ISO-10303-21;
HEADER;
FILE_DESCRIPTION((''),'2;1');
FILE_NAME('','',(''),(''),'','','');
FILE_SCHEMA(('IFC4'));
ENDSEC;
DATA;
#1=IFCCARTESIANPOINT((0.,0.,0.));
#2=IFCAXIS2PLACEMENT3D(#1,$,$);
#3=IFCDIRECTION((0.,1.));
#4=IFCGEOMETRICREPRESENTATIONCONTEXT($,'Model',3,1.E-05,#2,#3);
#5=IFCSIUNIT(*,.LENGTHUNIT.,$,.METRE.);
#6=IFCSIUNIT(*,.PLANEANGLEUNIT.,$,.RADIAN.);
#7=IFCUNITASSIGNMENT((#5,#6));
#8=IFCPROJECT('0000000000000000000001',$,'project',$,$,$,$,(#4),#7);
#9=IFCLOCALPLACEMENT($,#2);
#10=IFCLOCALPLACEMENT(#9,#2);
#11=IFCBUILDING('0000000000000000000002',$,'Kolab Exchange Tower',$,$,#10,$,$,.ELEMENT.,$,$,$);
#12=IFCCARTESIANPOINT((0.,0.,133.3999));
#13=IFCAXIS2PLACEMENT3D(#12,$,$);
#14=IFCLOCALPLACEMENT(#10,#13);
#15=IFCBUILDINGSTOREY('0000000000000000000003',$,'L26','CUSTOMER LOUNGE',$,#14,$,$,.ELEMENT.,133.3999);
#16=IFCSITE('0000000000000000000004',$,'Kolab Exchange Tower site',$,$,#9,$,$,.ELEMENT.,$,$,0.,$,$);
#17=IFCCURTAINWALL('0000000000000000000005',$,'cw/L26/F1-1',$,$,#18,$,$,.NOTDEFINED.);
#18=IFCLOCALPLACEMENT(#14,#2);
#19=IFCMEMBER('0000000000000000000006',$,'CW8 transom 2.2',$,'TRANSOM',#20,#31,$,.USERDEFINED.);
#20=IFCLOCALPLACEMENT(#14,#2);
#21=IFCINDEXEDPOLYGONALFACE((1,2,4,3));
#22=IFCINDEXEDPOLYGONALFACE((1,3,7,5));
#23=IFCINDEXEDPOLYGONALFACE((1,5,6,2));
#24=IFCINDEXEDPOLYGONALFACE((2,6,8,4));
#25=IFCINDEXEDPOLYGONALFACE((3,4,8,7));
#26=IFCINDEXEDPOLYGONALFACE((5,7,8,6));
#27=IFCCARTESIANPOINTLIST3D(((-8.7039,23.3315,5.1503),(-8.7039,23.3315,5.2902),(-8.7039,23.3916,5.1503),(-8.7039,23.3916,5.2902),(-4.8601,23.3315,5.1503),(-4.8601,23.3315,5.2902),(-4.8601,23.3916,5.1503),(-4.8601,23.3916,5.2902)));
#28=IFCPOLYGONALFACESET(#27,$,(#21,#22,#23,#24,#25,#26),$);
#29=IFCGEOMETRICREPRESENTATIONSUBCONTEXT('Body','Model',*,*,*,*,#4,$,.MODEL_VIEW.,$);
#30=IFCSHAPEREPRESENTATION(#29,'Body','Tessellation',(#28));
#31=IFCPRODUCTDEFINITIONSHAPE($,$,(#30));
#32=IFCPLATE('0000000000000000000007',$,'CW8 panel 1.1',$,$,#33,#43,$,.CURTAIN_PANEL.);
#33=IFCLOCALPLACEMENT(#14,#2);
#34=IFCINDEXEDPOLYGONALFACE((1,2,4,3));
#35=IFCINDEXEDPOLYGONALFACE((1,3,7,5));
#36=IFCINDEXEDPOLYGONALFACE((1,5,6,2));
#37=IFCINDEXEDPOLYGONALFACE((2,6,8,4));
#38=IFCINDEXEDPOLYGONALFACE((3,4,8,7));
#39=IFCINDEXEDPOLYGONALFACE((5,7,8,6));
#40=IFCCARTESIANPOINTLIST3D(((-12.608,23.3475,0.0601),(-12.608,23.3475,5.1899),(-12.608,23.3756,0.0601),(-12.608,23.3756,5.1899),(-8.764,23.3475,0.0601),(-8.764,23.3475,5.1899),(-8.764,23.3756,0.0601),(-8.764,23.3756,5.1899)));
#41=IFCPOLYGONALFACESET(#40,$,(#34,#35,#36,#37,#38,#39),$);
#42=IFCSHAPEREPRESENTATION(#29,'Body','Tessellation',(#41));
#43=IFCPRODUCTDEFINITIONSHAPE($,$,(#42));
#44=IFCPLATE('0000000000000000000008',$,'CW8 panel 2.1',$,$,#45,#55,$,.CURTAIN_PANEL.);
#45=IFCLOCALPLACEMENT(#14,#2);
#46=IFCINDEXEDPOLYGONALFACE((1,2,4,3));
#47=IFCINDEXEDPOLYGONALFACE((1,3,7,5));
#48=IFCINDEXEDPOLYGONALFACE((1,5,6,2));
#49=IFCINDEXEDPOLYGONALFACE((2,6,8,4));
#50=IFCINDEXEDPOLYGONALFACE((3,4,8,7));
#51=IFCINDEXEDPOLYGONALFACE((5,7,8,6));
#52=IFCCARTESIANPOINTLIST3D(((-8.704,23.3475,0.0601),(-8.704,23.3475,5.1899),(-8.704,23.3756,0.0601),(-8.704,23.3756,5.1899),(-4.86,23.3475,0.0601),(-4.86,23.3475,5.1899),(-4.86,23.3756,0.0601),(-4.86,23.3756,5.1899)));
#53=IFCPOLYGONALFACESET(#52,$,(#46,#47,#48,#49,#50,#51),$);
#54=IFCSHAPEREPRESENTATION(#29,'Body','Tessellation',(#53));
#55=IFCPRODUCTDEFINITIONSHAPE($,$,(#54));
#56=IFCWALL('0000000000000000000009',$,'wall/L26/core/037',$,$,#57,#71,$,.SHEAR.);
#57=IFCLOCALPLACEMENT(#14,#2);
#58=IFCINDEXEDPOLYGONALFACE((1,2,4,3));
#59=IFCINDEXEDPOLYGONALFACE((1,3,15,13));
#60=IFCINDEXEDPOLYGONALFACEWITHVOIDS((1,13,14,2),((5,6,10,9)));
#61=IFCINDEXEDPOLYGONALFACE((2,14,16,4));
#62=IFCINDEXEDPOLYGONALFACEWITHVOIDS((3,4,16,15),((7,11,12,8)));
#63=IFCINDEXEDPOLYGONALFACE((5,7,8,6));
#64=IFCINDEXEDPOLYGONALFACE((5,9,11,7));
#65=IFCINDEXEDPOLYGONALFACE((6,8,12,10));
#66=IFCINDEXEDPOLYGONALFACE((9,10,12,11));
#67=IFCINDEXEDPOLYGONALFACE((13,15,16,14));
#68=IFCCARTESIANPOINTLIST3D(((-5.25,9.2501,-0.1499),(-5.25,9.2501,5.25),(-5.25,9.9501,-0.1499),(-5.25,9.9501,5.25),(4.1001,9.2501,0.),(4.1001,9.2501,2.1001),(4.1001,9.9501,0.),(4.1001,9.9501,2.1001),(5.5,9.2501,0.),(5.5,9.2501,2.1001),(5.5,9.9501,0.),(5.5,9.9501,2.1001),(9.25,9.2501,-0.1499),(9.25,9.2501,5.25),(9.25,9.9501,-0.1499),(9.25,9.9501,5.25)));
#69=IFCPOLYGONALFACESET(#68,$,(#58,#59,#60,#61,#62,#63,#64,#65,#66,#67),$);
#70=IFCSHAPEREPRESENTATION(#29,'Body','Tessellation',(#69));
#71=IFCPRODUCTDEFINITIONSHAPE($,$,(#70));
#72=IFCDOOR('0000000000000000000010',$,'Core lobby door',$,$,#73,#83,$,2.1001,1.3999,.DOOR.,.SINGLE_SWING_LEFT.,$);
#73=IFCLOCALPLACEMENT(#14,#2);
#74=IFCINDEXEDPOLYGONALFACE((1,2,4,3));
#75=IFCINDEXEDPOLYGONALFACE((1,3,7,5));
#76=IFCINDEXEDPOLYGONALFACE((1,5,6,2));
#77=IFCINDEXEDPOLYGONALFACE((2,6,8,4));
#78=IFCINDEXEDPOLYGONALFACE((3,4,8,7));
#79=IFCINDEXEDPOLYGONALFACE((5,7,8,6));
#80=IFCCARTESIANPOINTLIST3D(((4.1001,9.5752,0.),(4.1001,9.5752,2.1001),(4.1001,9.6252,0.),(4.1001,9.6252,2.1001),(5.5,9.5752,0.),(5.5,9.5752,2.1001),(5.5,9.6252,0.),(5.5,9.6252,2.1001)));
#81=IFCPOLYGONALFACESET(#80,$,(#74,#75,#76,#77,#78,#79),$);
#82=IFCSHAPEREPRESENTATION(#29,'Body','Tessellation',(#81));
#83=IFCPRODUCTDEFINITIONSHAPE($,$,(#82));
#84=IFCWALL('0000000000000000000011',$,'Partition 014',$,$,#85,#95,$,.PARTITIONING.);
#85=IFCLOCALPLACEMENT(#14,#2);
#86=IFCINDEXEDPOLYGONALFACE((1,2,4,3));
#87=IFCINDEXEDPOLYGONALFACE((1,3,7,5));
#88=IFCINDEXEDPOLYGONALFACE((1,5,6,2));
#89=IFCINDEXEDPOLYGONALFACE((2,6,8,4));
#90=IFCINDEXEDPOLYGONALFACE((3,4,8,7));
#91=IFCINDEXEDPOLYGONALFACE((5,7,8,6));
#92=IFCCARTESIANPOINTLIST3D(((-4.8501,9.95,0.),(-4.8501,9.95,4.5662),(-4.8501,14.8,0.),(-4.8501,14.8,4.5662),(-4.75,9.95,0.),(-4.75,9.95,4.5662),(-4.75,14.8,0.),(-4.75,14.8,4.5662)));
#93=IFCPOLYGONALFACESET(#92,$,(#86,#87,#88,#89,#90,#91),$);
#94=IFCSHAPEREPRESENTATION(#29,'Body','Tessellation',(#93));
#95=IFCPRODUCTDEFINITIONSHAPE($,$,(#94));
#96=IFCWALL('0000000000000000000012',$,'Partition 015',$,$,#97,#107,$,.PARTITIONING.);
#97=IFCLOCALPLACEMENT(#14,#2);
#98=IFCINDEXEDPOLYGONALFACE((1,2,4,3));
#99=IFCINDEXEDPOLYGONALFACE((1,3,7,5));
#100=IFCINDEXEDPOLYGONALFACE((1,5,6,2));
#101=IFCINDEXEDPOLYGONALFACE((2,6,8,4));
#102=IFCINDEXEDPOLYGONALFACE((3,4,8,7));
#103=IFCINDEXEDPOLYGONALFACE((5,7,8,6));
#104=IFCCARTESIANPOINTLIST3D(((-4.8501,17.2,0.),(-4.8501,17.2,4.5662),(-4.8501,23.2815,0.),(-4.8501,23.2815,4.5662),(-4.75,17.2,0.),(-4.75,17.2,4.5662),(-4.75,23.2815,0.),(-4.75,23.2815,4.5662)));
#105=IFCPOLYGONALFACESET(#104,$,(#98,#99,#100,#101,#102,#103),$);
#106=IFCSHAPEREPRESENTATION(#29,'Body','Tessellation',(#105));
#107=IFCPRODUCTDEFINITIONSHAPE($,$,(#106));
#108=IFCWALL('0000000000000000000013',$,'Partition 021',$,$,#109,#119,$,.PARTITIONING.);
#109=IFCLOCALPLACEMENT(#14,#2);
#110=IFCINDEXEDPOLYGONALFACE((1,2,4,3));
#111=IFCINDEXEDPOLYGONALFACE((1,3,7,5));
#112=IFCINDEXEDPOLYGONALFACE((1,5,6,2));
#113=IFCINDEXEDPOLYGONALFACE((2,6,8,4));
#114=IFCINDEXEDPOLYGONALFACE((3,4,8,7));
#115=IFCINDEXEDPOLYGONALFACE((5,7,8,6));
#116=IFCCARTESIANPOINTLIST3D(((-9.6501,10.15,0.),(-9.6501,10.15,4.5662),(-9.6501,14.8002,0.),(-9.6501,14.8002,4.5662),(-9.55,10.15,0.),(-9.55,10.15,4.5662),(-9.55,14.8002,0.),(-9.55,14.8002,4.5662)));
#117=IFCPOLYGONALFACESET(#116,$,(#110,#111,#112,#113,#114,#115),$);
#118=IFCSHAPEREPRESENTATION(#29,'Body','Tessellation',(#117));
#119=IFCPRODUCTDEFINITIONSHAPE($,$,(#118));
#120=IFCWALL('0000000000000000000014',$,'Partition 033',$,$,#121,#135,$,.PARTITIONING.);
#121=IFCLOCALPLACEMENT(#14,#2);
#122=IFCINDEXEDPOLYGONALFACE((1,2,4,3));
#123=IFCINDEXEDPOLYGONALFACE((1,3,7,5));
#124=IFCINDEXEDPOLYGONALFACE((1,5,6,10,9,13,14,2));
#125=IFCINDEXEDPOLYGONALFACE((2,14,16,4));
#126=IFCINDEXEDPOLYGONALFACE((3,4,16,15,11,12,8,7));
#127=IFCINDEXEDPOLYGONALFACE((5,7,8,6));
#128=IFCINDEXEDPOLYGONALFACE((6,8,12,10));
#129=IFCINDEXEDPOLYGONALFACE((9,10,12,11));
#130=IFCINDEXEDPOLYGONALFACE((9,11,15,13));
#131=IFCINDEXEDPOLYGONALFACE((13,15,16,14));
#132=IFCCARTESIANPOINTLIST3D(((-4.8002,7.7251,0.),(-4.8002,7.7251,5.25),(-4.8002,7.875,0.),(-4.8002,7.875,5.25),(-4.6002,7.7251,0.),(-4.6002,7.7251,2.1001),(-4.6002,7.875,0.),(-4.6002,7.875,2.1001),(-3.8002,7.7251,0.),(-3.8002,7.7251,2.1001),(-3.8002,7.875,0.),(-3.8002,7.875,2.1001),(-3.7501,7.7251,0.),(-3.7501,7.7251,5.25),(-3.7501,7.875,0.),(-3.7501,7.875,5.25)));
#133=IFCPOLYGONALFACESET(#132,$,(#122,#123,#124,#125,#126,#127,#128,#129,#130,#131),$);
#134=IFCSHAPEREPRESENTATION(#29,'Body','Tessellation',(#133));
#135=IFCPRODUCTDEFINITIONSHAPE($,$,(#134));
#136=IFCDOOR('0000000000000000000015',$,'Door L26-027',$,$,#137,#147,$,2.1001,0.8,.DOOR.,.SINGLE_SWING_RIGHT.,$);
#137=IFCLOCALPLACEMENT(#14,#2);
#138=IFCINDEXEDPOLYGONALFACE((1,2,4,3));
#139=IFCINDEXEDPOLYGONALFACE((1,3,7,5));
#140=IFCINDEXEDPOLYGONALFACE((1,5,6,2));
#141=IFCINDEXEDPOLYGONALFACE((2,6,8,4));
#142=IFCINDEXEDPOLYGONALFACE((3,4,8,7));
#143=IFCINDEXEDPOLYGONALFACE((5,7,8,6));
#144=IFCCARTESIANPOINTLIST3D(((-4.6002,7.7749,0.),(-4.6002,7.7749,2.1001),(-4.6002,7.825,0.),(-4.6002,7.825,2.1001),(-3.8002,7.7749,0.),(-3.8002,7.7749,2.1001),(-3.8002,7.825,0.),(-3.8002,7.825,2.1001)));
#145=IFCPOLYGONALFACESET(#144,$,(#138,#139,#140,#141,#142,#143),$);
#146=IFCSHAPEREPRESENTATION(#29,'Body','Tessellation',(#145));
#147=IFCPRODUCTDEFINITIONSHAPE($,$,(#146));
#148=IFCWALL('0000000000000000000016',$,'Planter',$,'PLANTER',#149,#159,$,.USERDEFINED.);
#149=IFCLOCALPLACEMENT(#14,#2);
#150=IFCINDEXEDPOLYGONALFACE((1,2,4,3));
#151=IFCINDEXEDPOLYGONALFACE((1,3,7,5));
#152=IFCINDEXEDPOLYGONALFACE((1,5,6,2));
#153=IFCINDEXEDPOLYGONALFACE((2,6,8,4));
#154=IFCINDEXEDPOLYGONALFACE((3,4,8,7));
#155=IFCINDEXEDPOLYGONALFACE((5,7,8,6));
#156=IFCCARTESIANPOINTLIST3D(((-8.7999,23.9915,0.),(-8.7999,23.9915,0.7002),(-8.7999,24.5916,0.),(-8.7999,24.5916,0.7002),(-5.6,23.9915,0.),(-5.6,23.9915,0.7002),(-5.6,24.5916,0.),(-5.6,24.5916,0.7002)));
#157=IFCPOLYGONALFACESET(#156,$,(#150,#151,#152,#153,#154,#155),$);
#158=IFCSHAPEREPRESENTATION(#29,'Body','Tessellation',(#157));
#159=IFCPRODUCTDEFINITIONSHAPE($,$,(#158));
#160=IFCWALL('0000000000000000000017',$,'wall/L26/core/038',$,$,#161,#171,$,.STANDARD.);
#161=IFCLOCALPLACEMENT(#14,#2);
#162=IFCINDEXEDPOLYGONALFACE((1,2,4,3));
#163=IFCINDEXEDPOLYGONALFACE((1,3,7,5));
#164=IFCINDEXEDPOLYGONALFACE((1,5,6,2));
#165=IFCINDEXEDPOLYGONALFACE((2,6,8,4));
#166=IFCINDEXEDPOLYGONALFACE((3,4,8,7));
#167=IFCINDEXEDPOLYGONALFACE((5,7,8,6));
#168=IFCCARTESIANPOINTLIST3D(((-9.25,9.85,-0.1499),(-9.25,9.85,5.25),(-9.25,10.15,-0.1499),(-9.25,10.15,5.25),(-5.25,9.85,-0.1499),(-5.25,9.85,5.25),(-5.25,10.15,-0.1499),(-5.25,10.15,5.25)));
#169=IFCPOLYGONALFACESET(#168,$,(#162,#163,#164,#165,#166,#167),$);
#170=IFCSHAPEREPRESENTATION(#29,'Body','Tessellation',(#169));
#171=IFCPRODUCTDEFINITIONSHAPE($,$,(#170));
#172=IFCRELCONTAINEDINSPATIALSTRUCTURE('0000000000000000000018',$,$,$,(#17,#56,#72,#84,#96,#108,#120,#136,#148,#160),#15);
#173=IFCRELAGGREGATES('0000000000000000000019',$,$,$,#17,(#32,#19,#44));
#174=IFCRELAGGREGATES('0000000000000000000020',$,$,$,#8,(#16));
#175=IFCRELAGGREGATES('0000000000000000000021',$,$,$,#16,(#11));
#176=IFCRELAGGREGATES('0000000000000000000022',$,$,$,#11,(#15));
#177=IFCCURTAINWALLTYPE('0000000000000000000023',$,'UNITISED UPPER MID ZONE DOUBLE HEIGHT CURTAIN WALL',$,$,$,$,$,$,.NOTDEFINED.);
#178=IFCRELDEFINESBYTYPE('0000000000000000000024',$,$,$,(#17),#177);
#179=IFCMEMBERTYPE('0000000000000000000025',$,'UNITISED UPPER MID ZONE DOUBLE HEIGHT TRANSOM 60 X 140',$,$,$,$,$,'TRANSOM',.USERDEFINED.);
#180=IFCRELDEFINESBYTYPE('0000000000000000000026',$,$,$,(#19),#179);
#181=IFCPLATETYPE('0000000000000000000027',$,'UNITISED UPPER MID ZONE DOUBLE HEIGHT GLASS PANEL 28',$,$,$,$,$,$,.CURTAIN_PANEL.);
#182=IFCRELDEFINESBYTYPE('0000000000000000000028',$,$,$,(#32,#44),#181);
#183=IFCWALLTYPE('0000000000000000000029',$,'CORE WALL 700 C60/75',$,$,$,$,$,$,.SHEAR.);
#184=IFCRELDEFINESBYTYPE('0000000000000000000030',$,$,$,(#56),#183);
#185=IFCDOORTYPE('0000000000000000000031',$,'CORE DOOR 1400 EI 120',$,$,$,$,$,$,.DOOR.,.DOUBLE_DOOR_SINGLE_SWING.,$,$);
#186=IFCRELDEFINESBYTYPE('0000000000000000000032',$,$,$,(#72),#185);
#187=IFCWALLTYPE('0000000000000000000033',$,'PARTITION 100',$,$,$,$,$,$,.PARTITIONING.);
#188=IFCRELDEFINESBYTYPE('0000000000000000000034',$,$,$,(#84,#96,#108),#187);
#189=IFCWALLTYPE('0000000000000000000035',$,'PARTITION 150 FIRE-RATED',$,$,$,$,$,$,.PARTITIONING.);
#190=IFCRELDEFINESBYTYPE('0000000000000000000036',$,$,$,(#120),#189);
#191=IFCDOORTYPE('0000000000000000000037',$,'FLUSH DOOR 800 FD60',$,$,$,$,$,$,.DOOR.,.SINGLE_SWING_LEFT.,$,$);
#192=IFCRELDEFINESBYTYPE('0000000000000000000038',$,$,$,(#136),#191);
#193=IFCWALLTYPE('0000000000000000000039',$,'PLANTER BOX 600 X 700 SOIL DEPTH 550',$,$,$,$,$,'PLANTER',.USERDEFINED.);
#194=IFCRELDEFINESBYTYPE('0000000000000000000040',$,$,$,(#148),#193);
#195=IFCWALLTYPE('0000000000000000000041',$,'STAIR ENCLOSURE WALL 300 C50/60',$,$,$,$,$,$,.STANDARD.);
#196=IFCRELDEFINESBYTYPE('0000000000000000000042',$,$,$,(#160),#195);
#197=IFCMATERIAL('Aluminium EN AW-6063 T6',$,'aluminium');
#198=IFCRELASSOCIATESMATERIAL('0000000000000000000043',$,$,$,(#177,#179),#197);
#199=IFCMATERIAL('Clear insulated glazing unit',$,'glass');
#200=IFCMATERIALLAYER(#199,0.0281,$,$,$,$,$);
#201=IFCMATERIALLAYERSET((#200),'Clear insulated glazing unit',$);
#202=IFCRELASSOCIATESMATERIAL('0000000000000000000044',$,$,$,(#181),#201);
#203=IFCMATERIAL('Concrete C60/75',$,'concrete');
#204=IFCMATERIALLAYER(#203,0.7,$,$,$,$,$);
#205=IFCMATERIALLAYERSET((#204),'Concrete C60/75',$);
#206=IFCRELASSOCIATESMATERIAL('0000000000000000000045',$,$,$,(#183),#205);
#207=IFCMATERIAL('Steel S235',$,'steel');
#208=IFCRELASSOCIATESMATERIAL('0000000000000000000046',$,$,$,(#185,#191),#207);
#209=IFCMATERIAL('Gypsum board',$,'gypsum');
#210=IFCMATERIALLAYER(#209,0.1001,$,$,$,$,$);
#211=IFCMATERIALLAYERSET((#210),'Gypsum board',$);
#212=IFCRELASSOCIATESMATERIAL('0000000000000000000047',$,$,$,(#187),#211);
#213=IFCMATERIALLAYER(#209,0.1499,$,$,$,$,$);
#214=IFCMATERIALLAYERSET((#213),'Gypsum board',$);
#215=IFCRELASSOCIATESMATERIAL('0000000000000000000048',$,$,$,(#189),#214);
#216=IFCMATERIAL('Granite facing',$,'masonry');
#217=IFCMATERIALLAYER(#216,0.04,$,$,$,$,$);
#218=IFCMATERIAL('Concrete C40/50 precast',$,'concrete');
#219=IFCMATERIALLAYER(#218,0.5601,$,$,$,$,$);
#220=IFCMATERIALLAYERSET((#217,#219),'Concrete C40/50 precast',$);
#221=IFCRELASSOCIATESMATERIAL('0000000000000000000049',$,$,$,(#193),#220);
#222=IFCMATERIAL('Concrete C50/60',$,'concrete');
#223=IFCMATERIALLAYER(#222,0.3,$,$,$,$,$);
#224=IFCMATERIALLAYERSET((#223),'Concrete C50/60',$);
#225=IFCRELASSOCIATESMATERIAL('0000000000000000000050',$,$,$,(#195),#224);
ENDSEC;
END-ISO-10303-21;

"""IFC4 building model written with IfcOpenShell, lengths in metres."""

from ifc_helpers import new_model, si_unit, direction, frame, frame_2d, origin, origin_2d, place, context, subcontext, project, spatial, rectangle, extrude, material, layer, layer_set, material_profile, profile_set, type_object, element, fill, aggregate, save


model = new_model("IFC4")

# Units and contexts
model_context = context("Model", 3, precision=1e-05, world=origin(), true_north=direction((0.0, 1.0)))
body_context = subcontext(model_context, "Body", "Model", "MODEL_VIEW")
ifc_project = project(units=[si_unit("LENGTHUNIT", "METRE"), si_unit("PLANEANGLEUNIT", "RADIAN")], contexts=[model_context])

# Site, building, storey
site_placement = place(None, origin())
site = spatial("IfcSite", under=ifc_project, at=site_placement, Name="Kolab Exchange Tower site", CompositionType="ELEMENT", RefElevation=0.0)
building_placement = place(site_placement, origin())
building = spatial("IfcBuilding", under=site, at=building_placement, Name="Kolab Exchange Tower", CompositionType="ELEMENT")
storey_placement = place(building_placement, frame((0.0, 0.0, 133.3999)))
storey = spatial("IfcBuildingStorey", under=building, at=storey_placement, Name="L26", Description="CUSTOMER LOUNGE", CompositionType="ELEMENT", Elevation=133.3999)

# Shared definitions
ifc_material_1 = material(Name="Concrete C60/75", Category="concrete")

# Curtain wall, member, plates
ifc_material_2 = material(Name="Aluminium EN AW-6063 T6", Category="aluminium")
curtain_wall_type = type_object("IfcCurtainWallType", Name="UNITISED UPPER MID ZONE DOUBLE HEIGHT CURTAIN WALL", PredefinedType="NOTDEFINED", material=ifc_material_2)
curtain_wall_placement = place(storey_placement, origin())
curtain_wall = element("IfcCurtainWall", 1, at=curtain_wall_placement, inside=storey, type_object=curtain_wall_type, Name="cw/L26/F1-1", PredefinedType="NOTDEFINED")
ifc_material_profile_1 = material_profile(ifc_material_2, rectangle(XDim=0.0601, YDim=0.1399, at=origin_2d()), Name="RECT 60X140")
ifc_profile_set_1 = profile_set([ifc_material_profile_1], Name="Aluminium EN AW-6063 T6")
member_type_1 = type_object("IfcMemberType", Name="UNITISED UPPER MID ZONE DOUBLE HEIGHT TRANSOM 60 X 140", ElementType="TRANSOM", PredefinedType="USERDEFINED", material=ifc_profile_set_1)
member_1_placement = place(storey_placement, frame((-8.7039, 23.3616, 5.2202), z_axis=(1.0, 0.0, 0.0), x_axis=(0.0, 1.0, 0.0)))
member_1 = element("IfcMember", 2, at=member_1_placement, type_object=member_type_1, Name="CW8 transom 2.2", ObjectType="TRANSOM", PredefinedType="USERDEFINED", context=body_context, shape_type="SweptSolid", body=[
    extrude(rectangle(XDim=0.0601, YDim=0.1399, at=origin_2d()), origin(), (0.0, 0.0, 1.0), 3.8438),
])
ifc_material_3 = material(Name="Clear insulated glazing unit", Category="glass")
ifc_layer_1 = layer(ifc_material_3, 0.0281)
ifc_layer_set_1 = layer_set([ifc_layer_1], Name="Clear insulated glazing unit")
plate_type = type_object("IfcPlateType", Name="UNITISED UPPER MID ZONE DOUBLE HEIGHT GLASS PANEL 28", PredefinedType="CURTAIN_PANEL", material=ifc_layer_set_1)
plate_1_placement = place(storey_placement, frame((-10.686, 23.3616, 0.0601), z_axis=(0.0, 0.0, 1.0), x_axis=(1.0, 0.0, 0.0)))
plate_1 = element("IfcPlate", 3, at=plate_1_placement, type_object=plate_type, Name="CW8 panel 1.1", PredefinedType="CURTAIN_PANEL", context=body_context, shape_type="SweptSolid", body=[
    extrude(rectangle(XDim=3.844, YDim=0.0281, at=origin_2d()), origin(), (0.0, 0.0, 1.0), 5.1299),
])
plate_2_placement = place(storey_placement, frame((-6.782, 23.3616, 0.0601), z_axis=(0.0, 0.0, 1.0), x_axis=(1.0, 0.0, 0.0)))
plate_2 = element("IfcPlate", 4, at=plate_2_placement, type_object=plate_type, Name="CW8 panel 2.1", PredefinedType="CURTAIN_PANEL", context=body_context, shape_type="SweptSolid", body=[
    extrude(rectangle(XDim=3.844, YDim=0.0281, at=origin_2d()), origin(), (0.0, 0.0, 1.0), 5.1299),
])
aggregate(curtain_wall, [plate_1, member_1, plate_2])

# Wall, opening, door
ifc_layer_2 = layer(ifc_material_1, 0.7)
ifc_layer_set_2 = layer_set([ifc_layer_2], Name="Concrete C60/75")
wall_type_1 = type_object("IfcWallType", Name="CORE WALL 700 C60/75", PredefinedType="SHEAR", material=ifc_layer_set_2)
wall_1_placement = place(storey_placement, frame((-5.25, 9.6001, -0.1499), z_axis=(0.0, 0.0, 1.0), x_axis=(1.0, 0.0, 0.0)))
wall_1 = element("IfcWall", 5, at=wall_1_placement, inside=storey, type_object=wall_type_1, Name="wall/L26/core/037", PredefinedType="SHEAR", context=body_context, shape_type="SweptSolid", body=[
    extrude(rectangle(XDim=14.5, YDim=0.7, at=frame_2d((7.25, 0.0))), origin(), (0.0, 0.0, 1.0), 5.3999),
])
opening_1_placement = place(wall_1_placement, frame((9.3501, 0.0, 0.1499)))
opening_1 = element("IfcOpeningElement", 6, at=opening_1_placement, cuts=wall_1, PredefinedType="OPENING", context=body_context, shape_type="SweptSolid", body=[
    extrude(rectangle(XDim=1.3999, YDim=2.1001, at=frame_2d((0.7, 1.05))), frame((0.0, 0.3599, 0.0), z_axis=(0.0, -1.0, 0.0), x_axis=(1.0, 0.0, 0.0)), (0.0, 0.0, 1.0), 0.72),
])
ifc_material_4 = material(Name="Steel S235", Category="steel")
door_type_1 = type_object("IfcDoorType", Name="CORE DOOR 1400 EI 120", OperationType="DOUBLE_DOOR_SINGLE_SWING", PredefinedType="DOOR", material=ifc_material_4)
door_1_placement = place(opening_1_placement, frame((1.3999, 0.0, 0.0), z_axis=(0.0, 0.0, 1.0), x_axis=(-1.0, 0.0, 0.0)))
door_1 = element("IfcDoor", 7, at=door_1_placement, inside=storey, type_object=door_type_1, Name="Core lobby door", OperationType="SINGLE_SWING_LEFT", OverallHeight=2.1001, OverallWidth=1.3999, PredefinedType="DOOR", context=body_context, shape_type="SweptSolid", body=[
    extrude(rectangle(XDim=1.3999, YDim=2.1001, at=frame_2d((0.7, 1.05))), frame((0.0, 0.0249, 0.0), z_axis=(0.0, -1.0, 0.0), x_axis=(1.0, 0.0, 0.0)), (0.0, 0.0, 1.0), 0.05),
])
fill(opening_1, door_1)

# Walls
ifc_material_5 = material(Name="Gypsum board", Category="gypsum")
ifc_layer_3 = layer(ifc_material_5, 0.1001)
ifc_layer_set_3 = layer_set([ifc_layer_3], Name="Gypsum board")
wall_type_2 = type_object("IfcWallType", Name="PARTITION 100", PredefinedType="PARTITIONING", material=ifc_layer_set_3)
wall_2_placement = place(storey_placement, frame((-4.8, 9.95, 0.0), z_axis=(0.0, 0.0, 1.0), x_axis=(0.0, 1.0, 0.0)))
element("IfcWall", 8, at=wall_2_placement, inside=storey, type_object=wall_type_2, Name="Partition 014", PredefinedType="PARTITIONING", context=body_context, shape_type="SweptSolid", body=[
    extrude(rectangle(XDim=4.8501, YDim=0.1001, at=frame_2d((2.425, 0.0))), origin(), (0.0, 0.0, 1.0), 4.5662),
])
wall_3_placement = place(storey_placement, frame((-4.8, 17.2, 0.0), z_axis=(0.0, 0.0, 1.0), x_axis=(0.0, 1.0, 0.0)))
element("IfcWall", 9, at=wall_3_placement, inside=storey, type_object=wall_type_2, Name="Partition 015", PredefinedType="PARTITIONING", context=body_context, shape_type="SweptSolid", body=[
    extrude(rectangle(XDim=6.0815, YDim=0.1001, at=frame_2d((3.0408, 0.0))), origin(), (0.0, 0.0, 1.0), 4.5662),
])
wall_4_placement = place(storey_placement, frame((-9.6001, 10.1499, 0.0), z_axis=(0.0, 0.0, 1.0), x_axis=(0.0, 1.0, 0.0)))
element("IfcWall", 10, at=wall_4_placement, inside=storey, type_object=wall_type_2, Name="Partition 021", PredefinedType="PARTITIONING", context=body_context, shape_type="SweptSolid", body=[
    extrude(rectangle(XDim=4.6501, YDim=0.1001, at=frame_2d((2.3252, 0.0))), origin(), (0.0, 0.0, 1.0), 4.5662),
])

# Wall, opening, door
ifc_layer_4 = layer(ifc_material_5, 0.1499)
ifc_layer_set_4 = layer_set([ifc_layer_4], Name="Gypsum board")
wall_type_3 = type_object("IfcWallType", Name="PARTITION 150 FIRE-RATED", PredefinedType="PARTITIONING", material=ifc_layer_set_4)
wall_5_placement = place(storey_placement, frame((-4.8, 7.8, 0.0), z_axis=(0.0, 0.0, 1.0), x_axis=(1.0, 0.0, 0.0)))
wall_5 = element("IfcWall", 11, at=wall_5_placement, inside=storey, type_object=wall_type_3, Name="Partition 033", PredefinedType="PARTITIONING", context=body_context, shape_type="SweptSolid", body=[
    extrude(rectangle(XDim=1.05, YDim=0.1499, at=frame_2d((0.5249, 0.0))), origin(), (0.0, 0.0, 1.0), 5.25),
])
opening_2_placement = place(wall_5_placement, frame((0.2, 0.0, 0.0)))
opening_2 = element("IfcOpeningElement", 12, at=opening_2_placement, cuts=wall_5, PredefinedType="OPENING", context=body_context, shape_type="SweptSolid", body=[
    extrude(rectangle(XDim=0.8, YDim=2.1001, at=frame_2d((0.3999, 1.05))), frame((0.0, 0.085, 0.0), z_axis=(0.0, -1.0, 0.0), x_axis=(1.0, 0.0, 0.0)), (0.0, 0.0, 1.0), 0.1699),
])
door_type_2 = type_object("IfcDoorType", Name="FLUSH DOOR 800 FD60", OperationType="SINGLE_SWING_LEFT", PredefinedType="DOOR", material=ifc_material_4)
door_2_placement = place(opening_2_placement, origin())
door_2 = element("IfcDoor", 13, at=door_2_placement, inside=storey, type_object=door_type_2, Name="Door L26-027", OperationType="SINGLE_SWING_RIGHT", OverallHeight=2.1001, OverallWidth=0.8, PredefinedType="DOOR", context=body_context, shape_type="SweptSolid", body=[
    extrude(rectangle(XDim=0.8, YDim=2.1001, at=frame_2d((0.3999, 1.05))), frame((0.0, 0.0249, 0.0), z_axis=(0.0, -1.0, 0.0), x_axis=(1.0, 0.0, 0.0)), (0.0, 0.0, 1.0), 0.05),
])
fill(opening_2, door_2)

# Walls
ifc_material_6 = material(Name="Granite facing", Category="masonry")
ifc_layer_5 = layer(ifc_material_6, 0.04)
ifc_material_7 = material(Name="Concrete C40/50 precast", Category="concrete")
ifc_layer_6 = layer(ifc_material_7, 0.5601)
ifc_layer_set_5 = layer_set([ifc_layer_5, ifc_layer_6], Name="Concrete C40/50 precast")
wall_type_4 = type_object("IfcWallType", Name="PLANTER BOX 600 X 700 SOIL DEPTH 550", ElementType="PLANTER", PredefinedType="USERDEFINED", material=ifc_layer_set_5)
wall_6_placement = place(storey_placement, frame((-8.8, 24.2915, 0.0), z_axis=(0.0, 0.0, 1.0), x_axis=(1.0, 0.0, 0.0)))
element("IfcWall", 14, at=wall_6_placement, inside=storey, type_object=wall_type_4, Name="Planter", ObjectType="PLANTER", PredefinedType="USERDEFINED", context=body_context, shape_type="SweptSolid", body=[
    extrude(rectangle(XDim=3.2, YDim=0.6001, at=frame_2d((1.6001, 0.0))), origin(), (0.0, 0.0, 1.0), 0.7002),
])
ifc_material_8 = material(Name="Concrete C50/60", Category="concrete")
ifc_layer_7 = layer(ifc_material_8, 0.3)
ifc_layer_set_6 = layer_set([ifc_layer_7], Name="Concrete C50/60")
wall_type_5 = type_object("IfcWallType", Name="STAIR ENCLOSURE WALL 300 C50/60", PredefinedType="STANDARD", material=ifc_layer_set_6)
wall_7_placement = place(storey_placement, frame((-9.25, 10.0, -0.1499), z_axis=(0.0, 0.0, 1.0), x_axis=(1.0, 0.0, 0.0)))
element("IfcWall", 15, at=wall_7_placement, inside=storey, type_object=wall_type_5, Name="wall/L26/core/038", PredefinedType="STANDARD", context=body_context, shape_type="SweptSolid", body=[
    extrude(rectangle(XDim=4.0, YDim=0.3, at=frame_2d((2.0, 0.0))), origin(), (0.0, 0.0, 1.0), 5.3999),
])

save(model, "model.ifc")
